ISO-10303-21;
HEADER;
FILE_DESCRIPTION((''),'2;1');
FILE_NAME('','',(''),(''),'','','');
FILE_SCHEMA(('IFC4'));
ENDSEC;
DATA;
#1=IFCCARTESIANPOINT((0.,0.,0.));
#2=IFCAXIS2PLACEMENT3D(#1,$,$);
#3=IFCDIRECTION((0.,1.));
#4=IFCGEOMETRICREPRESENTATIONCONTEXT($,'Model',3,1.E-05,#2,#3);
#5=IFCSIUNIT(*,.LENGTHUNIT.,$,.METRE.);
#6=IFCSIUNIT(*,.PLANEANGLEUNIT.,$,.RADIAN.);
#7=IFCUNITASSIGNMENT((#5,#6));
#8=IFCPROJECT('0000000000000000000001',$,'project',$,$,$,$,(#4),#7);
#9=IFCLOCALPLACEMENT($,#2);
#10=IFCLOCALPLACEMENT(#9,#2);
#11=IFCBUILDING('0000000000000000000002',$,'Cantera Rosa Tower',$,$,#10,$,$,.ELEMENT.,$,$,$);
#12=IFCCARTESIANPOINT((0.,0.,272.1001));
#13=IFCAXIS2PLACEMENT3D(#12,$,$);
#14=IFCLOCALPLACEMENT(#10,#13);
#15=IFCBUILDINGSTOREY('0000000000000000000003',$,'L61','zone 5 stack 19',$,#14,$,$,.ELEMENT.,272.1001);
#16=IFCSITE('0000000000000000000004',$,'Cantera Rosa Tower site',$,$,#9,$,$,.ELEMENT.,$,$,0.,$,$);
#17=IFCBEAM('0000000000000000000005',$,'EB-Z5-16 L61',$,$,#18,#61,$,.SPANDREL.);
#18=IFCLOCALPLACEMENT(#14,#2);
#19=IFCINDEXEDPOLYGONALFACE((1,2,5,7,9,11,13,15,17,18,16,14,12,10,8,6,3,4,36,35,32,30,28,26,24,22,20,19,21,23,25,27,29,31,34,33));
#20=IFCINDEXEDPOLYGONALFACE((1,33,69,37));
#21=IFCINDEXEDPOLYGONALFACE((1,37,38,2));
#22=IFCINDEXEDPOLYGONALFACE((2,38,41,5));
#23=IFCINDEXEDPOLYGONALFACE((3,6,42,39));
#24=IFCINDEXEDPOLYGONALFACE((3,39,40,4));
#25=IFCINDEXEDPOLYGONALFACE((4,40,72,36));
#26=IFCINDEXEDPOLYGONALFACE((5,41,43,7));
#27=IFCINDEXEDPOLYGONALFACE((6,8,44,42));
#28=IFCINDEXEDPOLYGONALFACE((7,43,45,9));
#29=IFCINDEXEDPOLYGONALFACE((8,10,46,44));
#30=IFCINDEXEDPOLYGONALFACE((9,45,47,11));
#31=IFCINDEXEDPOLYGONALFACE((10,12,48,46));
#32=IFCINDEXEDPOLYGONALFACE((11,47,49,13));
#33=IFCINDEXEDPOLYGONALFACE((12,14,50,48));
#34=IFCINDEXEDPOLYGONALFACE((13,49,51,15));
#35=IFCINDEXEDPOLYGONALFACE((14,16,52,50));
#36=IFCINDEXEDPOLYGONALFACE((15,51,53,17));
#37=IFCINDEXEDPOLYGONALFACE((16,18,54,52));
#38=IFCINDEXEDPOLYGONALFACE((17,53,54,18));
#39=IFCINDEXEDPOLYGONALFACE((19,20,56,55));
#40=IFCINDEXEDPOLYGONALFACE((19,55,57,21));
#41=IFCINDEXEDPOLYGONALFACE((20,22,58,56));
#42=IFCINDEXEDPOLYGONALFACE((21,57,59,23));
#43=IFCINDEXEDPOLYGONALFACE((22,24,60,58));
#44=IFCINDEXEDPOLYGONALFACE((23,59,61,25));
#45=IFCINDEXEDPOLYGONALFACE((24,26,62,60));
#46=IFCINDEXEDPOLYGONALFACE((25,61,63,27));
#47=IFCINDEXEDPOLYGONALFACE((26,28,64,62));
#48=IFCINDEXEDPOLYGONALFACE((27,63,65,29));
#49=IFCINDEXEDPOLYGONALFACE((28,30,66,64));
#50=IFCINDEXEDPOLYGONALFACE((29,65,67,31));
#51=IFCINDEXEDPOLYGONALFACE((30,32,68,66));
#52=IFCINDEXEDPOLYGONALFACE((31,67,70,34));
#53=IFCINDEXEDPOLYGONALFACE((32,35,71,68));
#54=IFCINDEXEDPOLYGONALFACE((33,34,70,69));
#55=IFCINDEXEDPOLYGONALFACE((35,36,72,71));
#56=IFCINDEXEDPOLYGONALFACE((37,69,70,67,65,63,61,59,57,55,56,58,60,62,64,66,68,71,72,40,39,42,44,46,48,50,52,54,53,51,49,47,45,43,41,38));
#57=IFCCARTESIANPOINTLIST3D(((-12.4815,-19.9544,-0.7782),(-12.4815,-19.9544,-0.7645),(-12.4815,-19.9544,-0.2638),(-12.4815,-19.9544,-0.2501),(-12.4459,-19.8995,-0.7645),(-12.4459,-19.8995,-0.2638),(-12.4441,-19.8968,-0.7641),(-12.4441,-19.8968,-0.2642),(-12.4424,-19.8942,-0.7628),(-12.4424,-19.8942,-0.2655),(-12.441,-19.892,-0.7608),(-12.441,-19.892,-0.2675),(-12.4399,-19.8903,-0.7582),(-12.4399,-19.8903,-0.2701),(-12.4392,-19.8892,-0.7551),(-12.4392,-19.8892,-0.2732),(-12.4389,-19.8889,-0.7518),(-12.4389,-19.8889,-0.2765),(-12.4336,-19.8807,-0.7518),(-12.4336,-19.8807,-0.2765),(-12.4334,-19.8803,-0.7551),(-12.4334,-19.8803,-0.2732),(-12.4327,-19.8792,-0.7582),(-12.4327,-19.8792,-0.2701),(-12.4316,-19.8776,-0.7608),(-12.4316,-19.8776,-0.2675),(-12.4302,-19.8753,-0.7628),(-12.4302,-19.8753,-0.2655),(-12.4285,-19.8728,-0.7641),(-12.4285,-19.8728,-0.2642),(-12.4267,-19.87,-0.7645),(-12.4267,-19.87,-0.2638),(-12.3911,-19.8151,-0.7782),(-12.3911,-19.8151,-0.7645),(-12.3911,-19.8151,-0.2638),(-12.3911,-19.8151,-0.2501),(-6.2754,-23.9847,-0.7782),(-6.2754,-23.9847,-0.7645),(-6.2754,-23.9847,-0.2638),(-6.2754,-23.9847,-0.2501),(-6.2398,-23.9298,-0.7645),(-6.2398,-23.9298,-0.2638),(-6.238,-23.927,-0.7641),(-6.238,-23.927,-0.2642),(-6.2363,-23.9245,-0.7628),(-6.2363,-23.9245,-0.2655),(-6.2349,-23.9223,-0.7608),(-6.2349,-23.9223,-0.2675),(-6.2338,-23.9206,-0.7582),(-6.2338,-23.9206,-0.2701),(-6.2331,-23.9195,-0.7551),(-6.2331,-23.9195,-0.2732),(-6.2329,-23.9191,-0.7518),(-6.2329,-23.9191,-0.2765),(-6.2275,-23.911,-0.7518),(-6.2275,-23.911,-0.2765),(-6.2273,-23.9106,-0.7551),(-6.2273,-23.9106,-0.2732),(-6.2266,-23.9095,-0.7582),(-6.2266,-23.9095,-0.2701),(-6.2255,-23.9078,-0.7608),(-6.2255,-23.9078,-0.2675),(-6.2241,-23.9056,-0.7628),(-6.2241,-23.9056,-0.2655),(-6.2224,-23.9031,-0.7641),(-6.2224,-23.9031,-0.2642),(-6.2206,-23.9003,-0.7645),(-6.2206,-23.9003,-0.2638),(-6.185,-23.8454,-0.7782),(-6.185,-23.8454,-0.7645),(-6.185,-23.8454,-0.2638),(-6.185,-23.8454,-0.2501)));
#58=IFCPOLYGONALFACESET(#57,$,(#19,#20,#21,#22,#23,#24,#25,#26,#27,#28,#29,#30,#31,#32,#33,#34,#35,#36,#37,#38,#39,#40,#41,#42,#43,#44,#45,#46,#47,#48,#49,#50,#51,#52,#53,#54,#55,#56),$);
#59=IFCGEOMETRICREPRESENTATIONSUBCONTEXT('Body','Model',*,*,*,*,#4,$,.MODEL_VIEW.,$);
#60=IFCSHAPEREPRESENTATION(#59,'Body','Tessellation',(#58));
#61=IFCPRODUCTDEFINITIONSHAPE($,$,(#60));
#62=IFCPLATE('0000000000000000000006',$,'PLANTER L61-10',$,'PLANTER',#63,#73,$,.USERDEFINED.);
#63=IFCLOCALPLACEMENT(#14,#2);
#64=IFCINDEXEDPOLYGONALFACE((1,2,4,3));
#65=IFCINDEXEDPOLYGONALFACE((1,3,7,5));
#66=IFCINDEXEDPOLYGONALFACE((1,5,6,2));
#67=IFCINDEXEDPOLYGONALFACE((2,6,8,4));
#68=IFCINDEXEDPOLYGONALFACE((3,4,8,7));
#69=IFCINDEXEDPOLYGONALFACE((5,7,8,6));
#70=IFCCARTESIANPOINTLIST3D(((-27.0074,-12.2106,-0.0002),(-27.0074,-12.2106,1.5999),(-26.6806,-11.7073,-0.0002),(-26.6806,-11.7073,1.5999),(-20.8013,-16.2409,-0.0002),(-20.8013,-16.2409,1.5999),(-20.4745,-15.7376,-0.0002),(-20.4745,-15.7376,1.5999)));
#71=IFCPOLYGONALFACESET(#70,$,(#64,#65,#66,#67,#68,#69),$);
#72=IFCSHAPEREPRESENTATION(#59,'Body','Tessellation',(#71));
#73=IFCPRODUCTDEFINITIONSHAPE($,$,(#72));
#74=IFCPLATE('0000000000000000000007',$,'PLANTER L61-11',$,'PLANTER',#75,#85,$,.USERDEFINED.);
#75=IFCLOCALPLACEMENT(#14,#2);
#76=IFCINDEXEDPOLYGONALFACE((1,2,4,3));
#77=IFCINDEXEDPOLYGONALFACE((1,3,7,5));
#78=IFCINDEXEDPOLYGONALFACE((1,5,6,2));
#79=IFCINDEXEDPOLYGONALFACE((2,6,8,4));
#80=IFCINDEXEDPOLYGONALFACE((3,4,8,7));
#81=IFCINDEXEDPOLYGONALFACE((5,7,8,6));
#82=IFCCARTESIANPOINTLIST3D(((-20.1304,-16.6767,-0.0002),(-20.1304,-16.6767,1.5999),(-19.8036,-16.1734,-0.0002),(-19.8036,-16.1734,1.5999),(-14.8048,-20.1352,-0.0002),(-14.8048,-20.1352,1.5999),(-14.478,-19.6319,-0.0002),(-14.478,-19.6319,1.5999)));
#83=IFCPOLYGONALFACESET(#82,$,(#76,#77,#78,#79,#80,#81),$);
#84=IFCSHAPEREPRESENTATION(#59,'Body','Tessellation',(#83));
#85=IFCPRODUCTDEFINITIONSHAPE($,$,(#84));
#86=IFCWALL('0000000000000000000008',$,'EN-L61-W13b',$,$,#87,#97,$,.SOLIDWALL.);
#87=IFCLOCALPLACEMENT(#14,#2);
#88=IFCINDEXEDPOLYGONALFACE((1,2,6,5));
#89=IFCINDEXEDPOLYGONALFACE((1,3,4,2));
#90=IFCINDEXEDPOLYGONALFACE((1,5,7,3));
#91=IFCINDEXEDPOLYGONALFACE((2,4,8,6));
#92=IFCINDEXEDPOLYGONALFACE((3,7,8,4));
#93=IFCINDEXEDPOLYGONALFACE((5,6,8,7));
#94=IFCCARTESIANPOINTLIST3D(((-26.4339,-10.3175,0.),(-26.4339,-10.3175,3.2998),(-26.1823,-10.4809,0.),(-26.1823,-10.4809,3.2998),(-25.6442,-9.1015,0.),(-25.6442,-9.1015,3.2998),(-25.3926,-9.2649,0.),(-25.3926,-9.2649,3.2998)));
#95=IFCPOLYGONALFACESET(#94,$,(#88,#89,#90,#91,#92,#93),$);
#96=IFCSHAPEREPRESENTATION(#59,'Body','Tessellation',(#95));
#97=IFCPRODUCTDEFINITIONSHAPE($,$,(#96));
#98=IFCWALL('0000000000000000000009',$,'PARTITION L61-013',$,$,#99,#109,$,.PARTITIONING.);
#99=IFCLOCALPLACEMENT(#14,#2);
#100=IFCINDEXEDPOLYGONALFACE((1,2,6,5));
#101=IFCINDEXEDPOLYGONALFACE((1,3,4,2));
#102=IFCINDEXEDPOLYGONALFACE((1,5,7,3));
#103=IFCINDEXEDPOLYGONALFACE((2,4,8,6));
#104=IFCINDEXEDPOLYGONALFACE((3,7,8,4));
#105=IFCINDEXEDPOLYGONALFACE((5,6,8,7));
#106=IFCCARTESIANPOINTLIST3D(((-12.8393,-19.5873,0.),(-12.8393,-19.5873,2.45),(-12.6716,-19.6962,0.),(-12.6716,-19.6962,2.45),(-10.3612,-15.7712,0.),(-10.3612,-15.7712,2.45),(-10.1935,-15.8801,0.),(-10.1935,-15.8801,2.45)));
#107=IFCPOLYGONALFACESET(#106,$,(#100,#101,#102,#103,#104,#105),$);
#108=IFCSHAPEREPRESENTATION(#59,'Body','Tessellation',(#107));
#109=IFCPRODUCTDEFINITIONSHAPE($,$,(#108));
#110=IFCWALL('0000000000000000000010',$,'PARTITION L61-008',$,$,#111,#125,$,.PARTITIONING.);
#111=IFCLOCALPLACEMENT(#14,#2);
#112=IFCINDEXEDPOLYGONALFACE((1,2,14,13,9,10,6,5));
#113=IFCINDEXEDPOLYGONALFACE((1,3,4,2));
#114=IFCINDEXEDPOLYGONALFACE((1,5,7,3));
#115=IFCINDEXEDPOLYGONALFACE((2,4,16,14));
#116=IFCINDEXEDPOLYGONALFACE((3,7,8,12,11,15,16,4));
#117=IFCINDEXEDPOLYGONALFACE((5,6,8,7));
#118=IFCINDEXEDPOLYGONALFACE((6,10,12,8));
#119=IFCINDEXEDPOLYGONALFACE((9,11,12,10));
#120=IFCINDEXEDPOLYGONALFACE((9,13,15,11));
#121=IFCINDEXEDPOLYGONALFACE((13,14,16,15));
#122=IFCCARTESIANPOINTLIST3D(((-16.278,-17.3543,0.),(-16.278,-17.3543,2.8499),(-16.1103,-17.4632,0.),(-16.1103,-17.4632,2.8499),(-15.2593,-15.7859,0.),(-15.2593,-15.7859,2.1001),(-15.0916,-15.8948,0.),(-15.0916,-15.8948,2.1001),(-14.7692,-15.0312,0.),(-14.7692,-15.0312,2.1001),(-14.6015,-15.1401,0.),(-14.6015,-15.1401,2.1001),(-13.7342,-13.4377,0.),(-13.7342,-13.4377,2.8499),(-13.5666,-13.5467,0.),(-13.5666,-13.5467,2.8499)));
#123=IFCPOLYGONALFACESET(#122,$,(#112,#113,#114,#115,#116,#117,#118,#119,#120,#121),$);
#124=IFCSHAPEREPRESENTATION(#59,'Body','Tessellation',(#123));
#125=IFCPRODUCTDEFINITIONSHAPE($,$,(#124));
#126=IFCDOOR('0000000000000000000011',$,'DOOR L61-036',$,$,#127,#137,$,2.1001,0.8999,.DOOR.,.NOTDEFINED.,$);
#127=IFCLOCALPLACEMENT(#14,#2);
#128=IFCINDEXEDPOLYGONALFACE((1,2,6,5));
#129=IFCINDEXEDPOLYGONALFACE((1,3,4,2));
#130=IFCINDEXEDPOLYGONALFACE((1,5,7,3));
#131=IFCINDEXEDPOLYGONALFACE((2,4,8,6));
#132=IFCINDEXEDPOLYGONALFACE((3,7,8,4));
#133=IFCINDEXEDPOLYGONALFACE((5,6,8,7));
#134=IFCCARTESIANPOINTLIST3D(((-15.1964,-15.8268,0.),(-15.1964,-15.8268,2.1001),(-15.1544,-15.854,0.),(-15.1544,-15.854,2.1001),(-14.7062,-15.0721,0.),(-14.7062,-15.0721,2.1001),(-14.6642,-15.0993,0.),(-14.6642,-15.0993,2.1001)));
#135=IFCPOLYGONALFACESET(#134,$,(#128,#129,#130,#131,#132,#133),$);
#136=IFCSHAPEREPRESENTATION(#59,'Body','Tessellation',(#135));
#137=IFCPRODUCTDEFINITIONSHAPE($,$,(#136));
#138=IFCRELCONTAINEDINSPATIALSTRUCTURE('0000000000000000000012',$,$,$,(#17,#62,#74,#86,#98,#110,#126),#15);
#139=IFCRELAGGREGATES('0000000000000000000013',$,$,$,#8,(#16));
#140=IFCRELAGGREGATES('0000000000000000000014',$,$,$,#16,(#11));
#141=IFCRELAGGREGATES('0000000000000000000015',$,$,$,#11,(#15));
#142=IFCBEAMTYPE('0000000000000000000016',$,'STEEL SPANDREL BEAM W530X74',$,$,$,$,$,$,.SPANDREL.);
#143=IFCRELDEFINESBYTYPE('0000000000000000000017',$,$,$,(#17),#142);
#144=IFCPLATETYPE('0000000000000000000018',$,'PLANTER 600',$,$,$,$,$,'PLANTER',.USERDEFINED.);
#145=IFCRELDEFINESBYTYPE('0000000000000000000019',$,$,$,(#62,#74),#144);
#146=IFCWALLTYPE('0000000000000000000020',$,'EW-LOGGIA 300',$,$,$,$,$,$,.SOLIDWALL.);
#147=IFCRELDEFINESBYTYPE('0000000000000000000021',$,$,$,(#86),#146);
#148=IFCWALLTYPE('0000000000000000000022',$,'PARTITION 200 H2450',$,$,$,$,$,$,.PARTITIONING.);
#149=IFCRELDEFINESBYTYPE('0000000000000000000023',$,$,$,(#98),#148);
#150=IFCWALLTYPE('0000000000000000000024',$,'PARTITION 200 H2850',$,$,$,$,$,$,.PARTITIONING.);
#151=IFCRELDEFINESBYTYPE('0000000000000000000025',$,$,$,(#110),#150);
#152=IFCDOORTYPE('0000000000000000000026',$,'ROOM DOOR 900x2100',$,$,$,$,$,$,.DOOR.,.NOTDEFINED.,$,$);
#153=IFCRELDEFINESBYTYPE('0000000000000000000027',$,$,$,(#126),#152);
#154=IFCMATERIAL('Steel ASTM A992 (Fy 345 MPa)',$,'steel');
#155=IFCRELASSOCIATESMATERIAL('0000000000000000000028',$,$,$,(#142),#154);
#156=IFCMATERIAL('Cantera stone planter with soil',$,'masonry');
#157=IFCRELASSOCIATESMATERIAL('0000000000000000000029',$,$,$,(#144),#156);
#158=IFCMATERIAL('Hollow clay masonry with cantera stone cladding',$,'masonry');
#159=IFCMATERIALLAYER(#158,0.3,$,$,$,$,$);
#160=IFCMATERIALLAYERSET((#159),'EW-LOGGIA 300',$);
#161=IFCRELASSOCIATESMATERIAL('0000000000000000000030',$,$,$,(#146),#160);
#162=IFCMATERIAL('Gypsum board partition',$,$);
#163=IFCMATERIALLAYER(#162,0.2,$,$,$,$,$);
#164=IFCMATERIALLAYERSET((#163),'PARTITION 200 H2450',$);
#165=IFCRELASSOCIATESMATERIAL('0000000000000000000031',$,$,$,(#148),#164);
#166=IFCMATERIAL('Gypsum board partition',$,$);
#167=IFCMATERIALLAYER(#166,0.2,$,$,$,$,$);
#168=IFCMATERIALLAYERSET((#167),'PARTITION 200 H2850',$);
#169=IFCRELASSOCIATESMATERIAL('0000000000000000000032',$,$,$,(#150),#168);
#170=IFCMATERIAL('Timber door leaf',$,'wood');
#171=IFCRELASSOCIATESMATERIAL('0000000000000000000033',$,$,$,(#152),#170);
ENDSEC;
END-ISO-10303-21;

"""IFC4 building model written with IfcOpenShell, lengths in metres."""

from ifc_helpers import new_model, si_unit, direction, frame, frame_2d, origin, origin_2d, place, context, subcontext, project, spatial, rectangle, i_section, extrude, material, layer, layer_set, material_profile, profile_set, type_object, element, fill, save


model = new_model("IFC4")

# Units and contexts
model_context = context("Model", 3, precision=1e-05, world=origin(), true_north=direction((0.0, 1.0)))
body_context = subcontext(model_context, "Body", "Model", "MODEL_VIEW")
ifc_project = project(units=[si_unit("LENGTHUNIT", "METRE"), si_unit("PLANEANGLEUNIT", "RADIAN")], contexts=[model_context])

# Site, building, storey
site_placement = place(None, origin())
site = spatial("IfcSite", under=ifc_project, at=site_placement, Name="Cantera Rosa Tower site", CompositionType="ELEMENT", RefElevation=0.0)
building_placement = place(site_placement, origin())
building = spatial("IfcBuilding", under=site, at=building_placement, Name="Cantera Rosa Tower", CompositionType="ELEMENT")
storey_placement = place(building_placement, frame((0.0, 0.0, 272.1001)))
storey = spatial("IfcBuildingStorey", under=building, at=storey_placement, Name="L61", Description="zone 5 stack 19", CompositionType="ELEMENT", Elevation=272.1001)

# Beam
ifc_material_1 = material(Name="Steel ASTM A992 (Fy 345 MPa)", Category="steel")
ifc_material_profile_1 = material_profile(ifc_material_1, i_section(OverallWidth=0.166, OverallDepth=0.5281, WebThickness=0.0098, FlangeThickness=0.0137, FilletRadius=0.0127, at=origin_2d()), Name="W530X74")
ifc_profile_set_1 = profile_set([ifc_material_profile_1], Name="Steel ASTM A992 (Fy 345 MPa)")
beam_type_1 = type_object("IfcBeamType", Name="STEEL SPANDREL BEAM W530X74", PredefinedType="SPANDREL", material=ifc_profile_set_1)
beam_1_placement = place(storey_placement, frame((-12.4363, -19.8848, -0.5142), z_axis=(0.83867, -0.54464, 0.0), x_axis=(0.54464, 0.83867, 0.0)))
element("IfcBeam", 1, at=beam_1_placement, inside=storey, type_object=beam_type_1, Name="EB-Z5-16 L61", PredefinedType="SPANDREL", context=body_context, shape_type="SweptSolid", body=[
    extrude(i_section(OverallWidth=0.166, OverallDepth=0.5281, WebThickness=0.0098, FlangeThickness=0.0137, FilletRadius=0.0127, at=origin_2d()), origin(), (0.0, 0.0, 1.0), 7.3999),
])

# Plates
ifc_material_2 = material(Name="Cantera stone planter with soil", Category="masonry")
plate_type = type_object("IfcPlateType", Name="PLANTER 600", ElementType="PLANTER", PredefinedType="USERDEFINED", material=ifc_material_2)
plate_1_placement = place(storey_placement, frame((-23.741, -13.9741, -0.0002), z_axis=(0.0, 0.0, 1.0), x_axis=(0.838671, -0.544639, 0.0)))
element("IfcPlate", 2, at=plate_1_placement, inside=storey, type_object=plate_type, Name="PLANTER L61-10", ObjectType="PLANTER", PredefinedType="USERDEFINED", context=body_context, shape_type="SweptSolid", body=[
    extrude(rectangle(XDim=7.3999, YDim=0.6001, at=origin_2d()), origin(), (0.0, 0.0, 1.0), 1.6001),
])
plate_2_placement = place(storey_placement, frame((-17.3042, -18.1543, -0.0002), z_axis=(0.0, 0.0, 1.0), x_axis=(0.838671, -0.544639, 0.0)))
element("IfcPlate", 3, at=plate_2_placement, inside=storey, type_object=plate_type, Name="PLANTER L61-11", ObjectType="PLANTER", PredefinedType="USERDEFINED", context=body_context, shape_type="SweptSolid", body=[
    extrude(rectangle(XDim=6.3501, YDim=0.6001, at=origin_2d()), origin(), (0.0, 0.0, 1.0), 1.6001),
])

# Wall
ifc_material_3 = material(Name="Hollow clay masonry with cantera stone cladding", Category="masonry")
ifc_layer_1 = layer(ifc_material_3, 0.3)
ifc_layer_set_1 = layer_set([ifc_layer_1], Name="EW-LOGGIA 300")
wall_type_1 = type_object("IfcWallType", Name="EW-LOGGIA 300", PredefinedType="SOLIDWALL", material=ifc_layer_set_1)
wall_1_placement = place(storey_placement, frame((-25.5183, -9.1831, 0.0), z_axis=(0.0, 0.0, 1.0), x_axis=(-0.544675, -0.838647, 0.0)))
element("IfcWall", 4, at=wall_1_placement, inside=storey, type_object=wall_type_1, Name="EN-L61-W13b", PredefinedType="SOLIDWALL", context=body_context, shape_type="SweptSolid", body=[
    extrude(rectangle(XDim=1.45, YDim=0.3, at=frame_2d((0.7251, 0.0))), origin(), (0.0, 0.0, 1.0), 3.2998),
])

# Wall
ifc_material_4 = material(Name="Gypsum board partition")
ifc_layer_2 = layer(ifc_material_4, 0.2)
ifc_layer_set_2 = layer_set([ifc_layer_2], Name="PARTITION 200 H2450")
wall_type_2 = type_object("IfcWallType", Name="PARTITION 200 H2450", PredefinedType="PARTITIONING", material=ifc_layer_set_2)
wall_2_placement = place(storey_placement, frame((-12.7554, -19.6416, 0.0), z_axis=(0.0, 0.0, 1.0), x_axis=(0.54463, 0.838676, 0.0)))
element("IfcWall", 5, at=wall_2_placement, inside=storey, type_object=wall_type_2, Name="PARTITION L61-013", PredefinedType="PARTITIONING", context=body_context, shape_type="SweptSolid", body=[
    extrude(rectangle(XDim=4.55, YDim=0.2, at=frame_2d((2.2749, 0.0))), origin(), (0.0, 0.0, 1.0), 2.45),
])

# Wall, opening, door
ifc_material_5 = material(Name="Gypsum board partition")
ifc_layer_3 = layer(ifc_material_5, 0.2)
ifc_layer_set_3 = layer_set([ifc_layer_3], Name="PARTITION 200 H2850")
wall_type_3 = type_object("IfcWallType", Name="PARTITION 200 H2850", PredefinedType="PARTITIONING", material=ifc_layer_set_3)
wall_3_placement = place(storey_placement, frame((-16.1941, -17.4087, 0.0), z_axis=(0.0, 0.0, 1.0), x_axis=(0.544683, 0.838642, 0.0)))
wall_3 = element("IfcWall", 6, at=wall_3_placement, inside=storey, type_object=wall_type_3, Name="PARTITION L61-008", PredefinedType="PARTITIONING", context=body_context, shape_type="SweptSolid", body=[
    extrude(rectangle(XDim=4.6702, YDim=0.2, at=frame_2d((2.335, 0.0))), origin(), (0.0, 0.0, 1.0), 2.8499),
])
opening_1_placement = place(wall_3_placement, frame((1.8701, 0.0, 0.0)))
opening_1 = element("IfcOpeningElement", 7, at=opening_1_placement, cuts=wall_3, PredefinedType="OPENING", context=body_context, shape_type="SweptSolid", body=[
    extrude(rectangle(XDim=0.8999, YDim=2.1001, at=frame_2d((0.45, 1.05))), frame((0.0, 0.1099, 0.0), z_axis=(0.0, -1.0, 0.0), x_axis=(1.0, 0.0, 0.0)), (0.0, 0.0, 1.0), 0.22),
])
ifc_material_6 = material(Name="Timber door leaf", Category="wood")
door_type_1 = type_object("IfcDoorType", Name="ROOM DOOR 900x2100", OperationType="NOTDEFINED", PredefinedType="DOOR", material=ifc_material_6)
door_1_placement = place(opening_1_placement, origin())
door_1 = element("IfcDoor", 8, at=door_1_placement, inside=storey, type_object=door_type_1, Name="DOOR L61-036", OperationType="NOTDEFINED", OverallHeight=2.1001, OverallWidth=0.8999, PredefinedType="DOOR", context=body_context, shape_type="SweptSolid", body=[
    extrude(rectangle(XDim=0.8999, YDim=2.1001, at=frame_2d((0.45, 1.05))), frame((0.0, 0.0249, 0.0), z_axis=(0.0, -1.0, 0.0), x_axis=(1.0, 0.0, 0.0)), (0.0, 0.0, 1.0), 0.05),
])
fill(opening_1, door_1)

save(model, "model.ifc")
